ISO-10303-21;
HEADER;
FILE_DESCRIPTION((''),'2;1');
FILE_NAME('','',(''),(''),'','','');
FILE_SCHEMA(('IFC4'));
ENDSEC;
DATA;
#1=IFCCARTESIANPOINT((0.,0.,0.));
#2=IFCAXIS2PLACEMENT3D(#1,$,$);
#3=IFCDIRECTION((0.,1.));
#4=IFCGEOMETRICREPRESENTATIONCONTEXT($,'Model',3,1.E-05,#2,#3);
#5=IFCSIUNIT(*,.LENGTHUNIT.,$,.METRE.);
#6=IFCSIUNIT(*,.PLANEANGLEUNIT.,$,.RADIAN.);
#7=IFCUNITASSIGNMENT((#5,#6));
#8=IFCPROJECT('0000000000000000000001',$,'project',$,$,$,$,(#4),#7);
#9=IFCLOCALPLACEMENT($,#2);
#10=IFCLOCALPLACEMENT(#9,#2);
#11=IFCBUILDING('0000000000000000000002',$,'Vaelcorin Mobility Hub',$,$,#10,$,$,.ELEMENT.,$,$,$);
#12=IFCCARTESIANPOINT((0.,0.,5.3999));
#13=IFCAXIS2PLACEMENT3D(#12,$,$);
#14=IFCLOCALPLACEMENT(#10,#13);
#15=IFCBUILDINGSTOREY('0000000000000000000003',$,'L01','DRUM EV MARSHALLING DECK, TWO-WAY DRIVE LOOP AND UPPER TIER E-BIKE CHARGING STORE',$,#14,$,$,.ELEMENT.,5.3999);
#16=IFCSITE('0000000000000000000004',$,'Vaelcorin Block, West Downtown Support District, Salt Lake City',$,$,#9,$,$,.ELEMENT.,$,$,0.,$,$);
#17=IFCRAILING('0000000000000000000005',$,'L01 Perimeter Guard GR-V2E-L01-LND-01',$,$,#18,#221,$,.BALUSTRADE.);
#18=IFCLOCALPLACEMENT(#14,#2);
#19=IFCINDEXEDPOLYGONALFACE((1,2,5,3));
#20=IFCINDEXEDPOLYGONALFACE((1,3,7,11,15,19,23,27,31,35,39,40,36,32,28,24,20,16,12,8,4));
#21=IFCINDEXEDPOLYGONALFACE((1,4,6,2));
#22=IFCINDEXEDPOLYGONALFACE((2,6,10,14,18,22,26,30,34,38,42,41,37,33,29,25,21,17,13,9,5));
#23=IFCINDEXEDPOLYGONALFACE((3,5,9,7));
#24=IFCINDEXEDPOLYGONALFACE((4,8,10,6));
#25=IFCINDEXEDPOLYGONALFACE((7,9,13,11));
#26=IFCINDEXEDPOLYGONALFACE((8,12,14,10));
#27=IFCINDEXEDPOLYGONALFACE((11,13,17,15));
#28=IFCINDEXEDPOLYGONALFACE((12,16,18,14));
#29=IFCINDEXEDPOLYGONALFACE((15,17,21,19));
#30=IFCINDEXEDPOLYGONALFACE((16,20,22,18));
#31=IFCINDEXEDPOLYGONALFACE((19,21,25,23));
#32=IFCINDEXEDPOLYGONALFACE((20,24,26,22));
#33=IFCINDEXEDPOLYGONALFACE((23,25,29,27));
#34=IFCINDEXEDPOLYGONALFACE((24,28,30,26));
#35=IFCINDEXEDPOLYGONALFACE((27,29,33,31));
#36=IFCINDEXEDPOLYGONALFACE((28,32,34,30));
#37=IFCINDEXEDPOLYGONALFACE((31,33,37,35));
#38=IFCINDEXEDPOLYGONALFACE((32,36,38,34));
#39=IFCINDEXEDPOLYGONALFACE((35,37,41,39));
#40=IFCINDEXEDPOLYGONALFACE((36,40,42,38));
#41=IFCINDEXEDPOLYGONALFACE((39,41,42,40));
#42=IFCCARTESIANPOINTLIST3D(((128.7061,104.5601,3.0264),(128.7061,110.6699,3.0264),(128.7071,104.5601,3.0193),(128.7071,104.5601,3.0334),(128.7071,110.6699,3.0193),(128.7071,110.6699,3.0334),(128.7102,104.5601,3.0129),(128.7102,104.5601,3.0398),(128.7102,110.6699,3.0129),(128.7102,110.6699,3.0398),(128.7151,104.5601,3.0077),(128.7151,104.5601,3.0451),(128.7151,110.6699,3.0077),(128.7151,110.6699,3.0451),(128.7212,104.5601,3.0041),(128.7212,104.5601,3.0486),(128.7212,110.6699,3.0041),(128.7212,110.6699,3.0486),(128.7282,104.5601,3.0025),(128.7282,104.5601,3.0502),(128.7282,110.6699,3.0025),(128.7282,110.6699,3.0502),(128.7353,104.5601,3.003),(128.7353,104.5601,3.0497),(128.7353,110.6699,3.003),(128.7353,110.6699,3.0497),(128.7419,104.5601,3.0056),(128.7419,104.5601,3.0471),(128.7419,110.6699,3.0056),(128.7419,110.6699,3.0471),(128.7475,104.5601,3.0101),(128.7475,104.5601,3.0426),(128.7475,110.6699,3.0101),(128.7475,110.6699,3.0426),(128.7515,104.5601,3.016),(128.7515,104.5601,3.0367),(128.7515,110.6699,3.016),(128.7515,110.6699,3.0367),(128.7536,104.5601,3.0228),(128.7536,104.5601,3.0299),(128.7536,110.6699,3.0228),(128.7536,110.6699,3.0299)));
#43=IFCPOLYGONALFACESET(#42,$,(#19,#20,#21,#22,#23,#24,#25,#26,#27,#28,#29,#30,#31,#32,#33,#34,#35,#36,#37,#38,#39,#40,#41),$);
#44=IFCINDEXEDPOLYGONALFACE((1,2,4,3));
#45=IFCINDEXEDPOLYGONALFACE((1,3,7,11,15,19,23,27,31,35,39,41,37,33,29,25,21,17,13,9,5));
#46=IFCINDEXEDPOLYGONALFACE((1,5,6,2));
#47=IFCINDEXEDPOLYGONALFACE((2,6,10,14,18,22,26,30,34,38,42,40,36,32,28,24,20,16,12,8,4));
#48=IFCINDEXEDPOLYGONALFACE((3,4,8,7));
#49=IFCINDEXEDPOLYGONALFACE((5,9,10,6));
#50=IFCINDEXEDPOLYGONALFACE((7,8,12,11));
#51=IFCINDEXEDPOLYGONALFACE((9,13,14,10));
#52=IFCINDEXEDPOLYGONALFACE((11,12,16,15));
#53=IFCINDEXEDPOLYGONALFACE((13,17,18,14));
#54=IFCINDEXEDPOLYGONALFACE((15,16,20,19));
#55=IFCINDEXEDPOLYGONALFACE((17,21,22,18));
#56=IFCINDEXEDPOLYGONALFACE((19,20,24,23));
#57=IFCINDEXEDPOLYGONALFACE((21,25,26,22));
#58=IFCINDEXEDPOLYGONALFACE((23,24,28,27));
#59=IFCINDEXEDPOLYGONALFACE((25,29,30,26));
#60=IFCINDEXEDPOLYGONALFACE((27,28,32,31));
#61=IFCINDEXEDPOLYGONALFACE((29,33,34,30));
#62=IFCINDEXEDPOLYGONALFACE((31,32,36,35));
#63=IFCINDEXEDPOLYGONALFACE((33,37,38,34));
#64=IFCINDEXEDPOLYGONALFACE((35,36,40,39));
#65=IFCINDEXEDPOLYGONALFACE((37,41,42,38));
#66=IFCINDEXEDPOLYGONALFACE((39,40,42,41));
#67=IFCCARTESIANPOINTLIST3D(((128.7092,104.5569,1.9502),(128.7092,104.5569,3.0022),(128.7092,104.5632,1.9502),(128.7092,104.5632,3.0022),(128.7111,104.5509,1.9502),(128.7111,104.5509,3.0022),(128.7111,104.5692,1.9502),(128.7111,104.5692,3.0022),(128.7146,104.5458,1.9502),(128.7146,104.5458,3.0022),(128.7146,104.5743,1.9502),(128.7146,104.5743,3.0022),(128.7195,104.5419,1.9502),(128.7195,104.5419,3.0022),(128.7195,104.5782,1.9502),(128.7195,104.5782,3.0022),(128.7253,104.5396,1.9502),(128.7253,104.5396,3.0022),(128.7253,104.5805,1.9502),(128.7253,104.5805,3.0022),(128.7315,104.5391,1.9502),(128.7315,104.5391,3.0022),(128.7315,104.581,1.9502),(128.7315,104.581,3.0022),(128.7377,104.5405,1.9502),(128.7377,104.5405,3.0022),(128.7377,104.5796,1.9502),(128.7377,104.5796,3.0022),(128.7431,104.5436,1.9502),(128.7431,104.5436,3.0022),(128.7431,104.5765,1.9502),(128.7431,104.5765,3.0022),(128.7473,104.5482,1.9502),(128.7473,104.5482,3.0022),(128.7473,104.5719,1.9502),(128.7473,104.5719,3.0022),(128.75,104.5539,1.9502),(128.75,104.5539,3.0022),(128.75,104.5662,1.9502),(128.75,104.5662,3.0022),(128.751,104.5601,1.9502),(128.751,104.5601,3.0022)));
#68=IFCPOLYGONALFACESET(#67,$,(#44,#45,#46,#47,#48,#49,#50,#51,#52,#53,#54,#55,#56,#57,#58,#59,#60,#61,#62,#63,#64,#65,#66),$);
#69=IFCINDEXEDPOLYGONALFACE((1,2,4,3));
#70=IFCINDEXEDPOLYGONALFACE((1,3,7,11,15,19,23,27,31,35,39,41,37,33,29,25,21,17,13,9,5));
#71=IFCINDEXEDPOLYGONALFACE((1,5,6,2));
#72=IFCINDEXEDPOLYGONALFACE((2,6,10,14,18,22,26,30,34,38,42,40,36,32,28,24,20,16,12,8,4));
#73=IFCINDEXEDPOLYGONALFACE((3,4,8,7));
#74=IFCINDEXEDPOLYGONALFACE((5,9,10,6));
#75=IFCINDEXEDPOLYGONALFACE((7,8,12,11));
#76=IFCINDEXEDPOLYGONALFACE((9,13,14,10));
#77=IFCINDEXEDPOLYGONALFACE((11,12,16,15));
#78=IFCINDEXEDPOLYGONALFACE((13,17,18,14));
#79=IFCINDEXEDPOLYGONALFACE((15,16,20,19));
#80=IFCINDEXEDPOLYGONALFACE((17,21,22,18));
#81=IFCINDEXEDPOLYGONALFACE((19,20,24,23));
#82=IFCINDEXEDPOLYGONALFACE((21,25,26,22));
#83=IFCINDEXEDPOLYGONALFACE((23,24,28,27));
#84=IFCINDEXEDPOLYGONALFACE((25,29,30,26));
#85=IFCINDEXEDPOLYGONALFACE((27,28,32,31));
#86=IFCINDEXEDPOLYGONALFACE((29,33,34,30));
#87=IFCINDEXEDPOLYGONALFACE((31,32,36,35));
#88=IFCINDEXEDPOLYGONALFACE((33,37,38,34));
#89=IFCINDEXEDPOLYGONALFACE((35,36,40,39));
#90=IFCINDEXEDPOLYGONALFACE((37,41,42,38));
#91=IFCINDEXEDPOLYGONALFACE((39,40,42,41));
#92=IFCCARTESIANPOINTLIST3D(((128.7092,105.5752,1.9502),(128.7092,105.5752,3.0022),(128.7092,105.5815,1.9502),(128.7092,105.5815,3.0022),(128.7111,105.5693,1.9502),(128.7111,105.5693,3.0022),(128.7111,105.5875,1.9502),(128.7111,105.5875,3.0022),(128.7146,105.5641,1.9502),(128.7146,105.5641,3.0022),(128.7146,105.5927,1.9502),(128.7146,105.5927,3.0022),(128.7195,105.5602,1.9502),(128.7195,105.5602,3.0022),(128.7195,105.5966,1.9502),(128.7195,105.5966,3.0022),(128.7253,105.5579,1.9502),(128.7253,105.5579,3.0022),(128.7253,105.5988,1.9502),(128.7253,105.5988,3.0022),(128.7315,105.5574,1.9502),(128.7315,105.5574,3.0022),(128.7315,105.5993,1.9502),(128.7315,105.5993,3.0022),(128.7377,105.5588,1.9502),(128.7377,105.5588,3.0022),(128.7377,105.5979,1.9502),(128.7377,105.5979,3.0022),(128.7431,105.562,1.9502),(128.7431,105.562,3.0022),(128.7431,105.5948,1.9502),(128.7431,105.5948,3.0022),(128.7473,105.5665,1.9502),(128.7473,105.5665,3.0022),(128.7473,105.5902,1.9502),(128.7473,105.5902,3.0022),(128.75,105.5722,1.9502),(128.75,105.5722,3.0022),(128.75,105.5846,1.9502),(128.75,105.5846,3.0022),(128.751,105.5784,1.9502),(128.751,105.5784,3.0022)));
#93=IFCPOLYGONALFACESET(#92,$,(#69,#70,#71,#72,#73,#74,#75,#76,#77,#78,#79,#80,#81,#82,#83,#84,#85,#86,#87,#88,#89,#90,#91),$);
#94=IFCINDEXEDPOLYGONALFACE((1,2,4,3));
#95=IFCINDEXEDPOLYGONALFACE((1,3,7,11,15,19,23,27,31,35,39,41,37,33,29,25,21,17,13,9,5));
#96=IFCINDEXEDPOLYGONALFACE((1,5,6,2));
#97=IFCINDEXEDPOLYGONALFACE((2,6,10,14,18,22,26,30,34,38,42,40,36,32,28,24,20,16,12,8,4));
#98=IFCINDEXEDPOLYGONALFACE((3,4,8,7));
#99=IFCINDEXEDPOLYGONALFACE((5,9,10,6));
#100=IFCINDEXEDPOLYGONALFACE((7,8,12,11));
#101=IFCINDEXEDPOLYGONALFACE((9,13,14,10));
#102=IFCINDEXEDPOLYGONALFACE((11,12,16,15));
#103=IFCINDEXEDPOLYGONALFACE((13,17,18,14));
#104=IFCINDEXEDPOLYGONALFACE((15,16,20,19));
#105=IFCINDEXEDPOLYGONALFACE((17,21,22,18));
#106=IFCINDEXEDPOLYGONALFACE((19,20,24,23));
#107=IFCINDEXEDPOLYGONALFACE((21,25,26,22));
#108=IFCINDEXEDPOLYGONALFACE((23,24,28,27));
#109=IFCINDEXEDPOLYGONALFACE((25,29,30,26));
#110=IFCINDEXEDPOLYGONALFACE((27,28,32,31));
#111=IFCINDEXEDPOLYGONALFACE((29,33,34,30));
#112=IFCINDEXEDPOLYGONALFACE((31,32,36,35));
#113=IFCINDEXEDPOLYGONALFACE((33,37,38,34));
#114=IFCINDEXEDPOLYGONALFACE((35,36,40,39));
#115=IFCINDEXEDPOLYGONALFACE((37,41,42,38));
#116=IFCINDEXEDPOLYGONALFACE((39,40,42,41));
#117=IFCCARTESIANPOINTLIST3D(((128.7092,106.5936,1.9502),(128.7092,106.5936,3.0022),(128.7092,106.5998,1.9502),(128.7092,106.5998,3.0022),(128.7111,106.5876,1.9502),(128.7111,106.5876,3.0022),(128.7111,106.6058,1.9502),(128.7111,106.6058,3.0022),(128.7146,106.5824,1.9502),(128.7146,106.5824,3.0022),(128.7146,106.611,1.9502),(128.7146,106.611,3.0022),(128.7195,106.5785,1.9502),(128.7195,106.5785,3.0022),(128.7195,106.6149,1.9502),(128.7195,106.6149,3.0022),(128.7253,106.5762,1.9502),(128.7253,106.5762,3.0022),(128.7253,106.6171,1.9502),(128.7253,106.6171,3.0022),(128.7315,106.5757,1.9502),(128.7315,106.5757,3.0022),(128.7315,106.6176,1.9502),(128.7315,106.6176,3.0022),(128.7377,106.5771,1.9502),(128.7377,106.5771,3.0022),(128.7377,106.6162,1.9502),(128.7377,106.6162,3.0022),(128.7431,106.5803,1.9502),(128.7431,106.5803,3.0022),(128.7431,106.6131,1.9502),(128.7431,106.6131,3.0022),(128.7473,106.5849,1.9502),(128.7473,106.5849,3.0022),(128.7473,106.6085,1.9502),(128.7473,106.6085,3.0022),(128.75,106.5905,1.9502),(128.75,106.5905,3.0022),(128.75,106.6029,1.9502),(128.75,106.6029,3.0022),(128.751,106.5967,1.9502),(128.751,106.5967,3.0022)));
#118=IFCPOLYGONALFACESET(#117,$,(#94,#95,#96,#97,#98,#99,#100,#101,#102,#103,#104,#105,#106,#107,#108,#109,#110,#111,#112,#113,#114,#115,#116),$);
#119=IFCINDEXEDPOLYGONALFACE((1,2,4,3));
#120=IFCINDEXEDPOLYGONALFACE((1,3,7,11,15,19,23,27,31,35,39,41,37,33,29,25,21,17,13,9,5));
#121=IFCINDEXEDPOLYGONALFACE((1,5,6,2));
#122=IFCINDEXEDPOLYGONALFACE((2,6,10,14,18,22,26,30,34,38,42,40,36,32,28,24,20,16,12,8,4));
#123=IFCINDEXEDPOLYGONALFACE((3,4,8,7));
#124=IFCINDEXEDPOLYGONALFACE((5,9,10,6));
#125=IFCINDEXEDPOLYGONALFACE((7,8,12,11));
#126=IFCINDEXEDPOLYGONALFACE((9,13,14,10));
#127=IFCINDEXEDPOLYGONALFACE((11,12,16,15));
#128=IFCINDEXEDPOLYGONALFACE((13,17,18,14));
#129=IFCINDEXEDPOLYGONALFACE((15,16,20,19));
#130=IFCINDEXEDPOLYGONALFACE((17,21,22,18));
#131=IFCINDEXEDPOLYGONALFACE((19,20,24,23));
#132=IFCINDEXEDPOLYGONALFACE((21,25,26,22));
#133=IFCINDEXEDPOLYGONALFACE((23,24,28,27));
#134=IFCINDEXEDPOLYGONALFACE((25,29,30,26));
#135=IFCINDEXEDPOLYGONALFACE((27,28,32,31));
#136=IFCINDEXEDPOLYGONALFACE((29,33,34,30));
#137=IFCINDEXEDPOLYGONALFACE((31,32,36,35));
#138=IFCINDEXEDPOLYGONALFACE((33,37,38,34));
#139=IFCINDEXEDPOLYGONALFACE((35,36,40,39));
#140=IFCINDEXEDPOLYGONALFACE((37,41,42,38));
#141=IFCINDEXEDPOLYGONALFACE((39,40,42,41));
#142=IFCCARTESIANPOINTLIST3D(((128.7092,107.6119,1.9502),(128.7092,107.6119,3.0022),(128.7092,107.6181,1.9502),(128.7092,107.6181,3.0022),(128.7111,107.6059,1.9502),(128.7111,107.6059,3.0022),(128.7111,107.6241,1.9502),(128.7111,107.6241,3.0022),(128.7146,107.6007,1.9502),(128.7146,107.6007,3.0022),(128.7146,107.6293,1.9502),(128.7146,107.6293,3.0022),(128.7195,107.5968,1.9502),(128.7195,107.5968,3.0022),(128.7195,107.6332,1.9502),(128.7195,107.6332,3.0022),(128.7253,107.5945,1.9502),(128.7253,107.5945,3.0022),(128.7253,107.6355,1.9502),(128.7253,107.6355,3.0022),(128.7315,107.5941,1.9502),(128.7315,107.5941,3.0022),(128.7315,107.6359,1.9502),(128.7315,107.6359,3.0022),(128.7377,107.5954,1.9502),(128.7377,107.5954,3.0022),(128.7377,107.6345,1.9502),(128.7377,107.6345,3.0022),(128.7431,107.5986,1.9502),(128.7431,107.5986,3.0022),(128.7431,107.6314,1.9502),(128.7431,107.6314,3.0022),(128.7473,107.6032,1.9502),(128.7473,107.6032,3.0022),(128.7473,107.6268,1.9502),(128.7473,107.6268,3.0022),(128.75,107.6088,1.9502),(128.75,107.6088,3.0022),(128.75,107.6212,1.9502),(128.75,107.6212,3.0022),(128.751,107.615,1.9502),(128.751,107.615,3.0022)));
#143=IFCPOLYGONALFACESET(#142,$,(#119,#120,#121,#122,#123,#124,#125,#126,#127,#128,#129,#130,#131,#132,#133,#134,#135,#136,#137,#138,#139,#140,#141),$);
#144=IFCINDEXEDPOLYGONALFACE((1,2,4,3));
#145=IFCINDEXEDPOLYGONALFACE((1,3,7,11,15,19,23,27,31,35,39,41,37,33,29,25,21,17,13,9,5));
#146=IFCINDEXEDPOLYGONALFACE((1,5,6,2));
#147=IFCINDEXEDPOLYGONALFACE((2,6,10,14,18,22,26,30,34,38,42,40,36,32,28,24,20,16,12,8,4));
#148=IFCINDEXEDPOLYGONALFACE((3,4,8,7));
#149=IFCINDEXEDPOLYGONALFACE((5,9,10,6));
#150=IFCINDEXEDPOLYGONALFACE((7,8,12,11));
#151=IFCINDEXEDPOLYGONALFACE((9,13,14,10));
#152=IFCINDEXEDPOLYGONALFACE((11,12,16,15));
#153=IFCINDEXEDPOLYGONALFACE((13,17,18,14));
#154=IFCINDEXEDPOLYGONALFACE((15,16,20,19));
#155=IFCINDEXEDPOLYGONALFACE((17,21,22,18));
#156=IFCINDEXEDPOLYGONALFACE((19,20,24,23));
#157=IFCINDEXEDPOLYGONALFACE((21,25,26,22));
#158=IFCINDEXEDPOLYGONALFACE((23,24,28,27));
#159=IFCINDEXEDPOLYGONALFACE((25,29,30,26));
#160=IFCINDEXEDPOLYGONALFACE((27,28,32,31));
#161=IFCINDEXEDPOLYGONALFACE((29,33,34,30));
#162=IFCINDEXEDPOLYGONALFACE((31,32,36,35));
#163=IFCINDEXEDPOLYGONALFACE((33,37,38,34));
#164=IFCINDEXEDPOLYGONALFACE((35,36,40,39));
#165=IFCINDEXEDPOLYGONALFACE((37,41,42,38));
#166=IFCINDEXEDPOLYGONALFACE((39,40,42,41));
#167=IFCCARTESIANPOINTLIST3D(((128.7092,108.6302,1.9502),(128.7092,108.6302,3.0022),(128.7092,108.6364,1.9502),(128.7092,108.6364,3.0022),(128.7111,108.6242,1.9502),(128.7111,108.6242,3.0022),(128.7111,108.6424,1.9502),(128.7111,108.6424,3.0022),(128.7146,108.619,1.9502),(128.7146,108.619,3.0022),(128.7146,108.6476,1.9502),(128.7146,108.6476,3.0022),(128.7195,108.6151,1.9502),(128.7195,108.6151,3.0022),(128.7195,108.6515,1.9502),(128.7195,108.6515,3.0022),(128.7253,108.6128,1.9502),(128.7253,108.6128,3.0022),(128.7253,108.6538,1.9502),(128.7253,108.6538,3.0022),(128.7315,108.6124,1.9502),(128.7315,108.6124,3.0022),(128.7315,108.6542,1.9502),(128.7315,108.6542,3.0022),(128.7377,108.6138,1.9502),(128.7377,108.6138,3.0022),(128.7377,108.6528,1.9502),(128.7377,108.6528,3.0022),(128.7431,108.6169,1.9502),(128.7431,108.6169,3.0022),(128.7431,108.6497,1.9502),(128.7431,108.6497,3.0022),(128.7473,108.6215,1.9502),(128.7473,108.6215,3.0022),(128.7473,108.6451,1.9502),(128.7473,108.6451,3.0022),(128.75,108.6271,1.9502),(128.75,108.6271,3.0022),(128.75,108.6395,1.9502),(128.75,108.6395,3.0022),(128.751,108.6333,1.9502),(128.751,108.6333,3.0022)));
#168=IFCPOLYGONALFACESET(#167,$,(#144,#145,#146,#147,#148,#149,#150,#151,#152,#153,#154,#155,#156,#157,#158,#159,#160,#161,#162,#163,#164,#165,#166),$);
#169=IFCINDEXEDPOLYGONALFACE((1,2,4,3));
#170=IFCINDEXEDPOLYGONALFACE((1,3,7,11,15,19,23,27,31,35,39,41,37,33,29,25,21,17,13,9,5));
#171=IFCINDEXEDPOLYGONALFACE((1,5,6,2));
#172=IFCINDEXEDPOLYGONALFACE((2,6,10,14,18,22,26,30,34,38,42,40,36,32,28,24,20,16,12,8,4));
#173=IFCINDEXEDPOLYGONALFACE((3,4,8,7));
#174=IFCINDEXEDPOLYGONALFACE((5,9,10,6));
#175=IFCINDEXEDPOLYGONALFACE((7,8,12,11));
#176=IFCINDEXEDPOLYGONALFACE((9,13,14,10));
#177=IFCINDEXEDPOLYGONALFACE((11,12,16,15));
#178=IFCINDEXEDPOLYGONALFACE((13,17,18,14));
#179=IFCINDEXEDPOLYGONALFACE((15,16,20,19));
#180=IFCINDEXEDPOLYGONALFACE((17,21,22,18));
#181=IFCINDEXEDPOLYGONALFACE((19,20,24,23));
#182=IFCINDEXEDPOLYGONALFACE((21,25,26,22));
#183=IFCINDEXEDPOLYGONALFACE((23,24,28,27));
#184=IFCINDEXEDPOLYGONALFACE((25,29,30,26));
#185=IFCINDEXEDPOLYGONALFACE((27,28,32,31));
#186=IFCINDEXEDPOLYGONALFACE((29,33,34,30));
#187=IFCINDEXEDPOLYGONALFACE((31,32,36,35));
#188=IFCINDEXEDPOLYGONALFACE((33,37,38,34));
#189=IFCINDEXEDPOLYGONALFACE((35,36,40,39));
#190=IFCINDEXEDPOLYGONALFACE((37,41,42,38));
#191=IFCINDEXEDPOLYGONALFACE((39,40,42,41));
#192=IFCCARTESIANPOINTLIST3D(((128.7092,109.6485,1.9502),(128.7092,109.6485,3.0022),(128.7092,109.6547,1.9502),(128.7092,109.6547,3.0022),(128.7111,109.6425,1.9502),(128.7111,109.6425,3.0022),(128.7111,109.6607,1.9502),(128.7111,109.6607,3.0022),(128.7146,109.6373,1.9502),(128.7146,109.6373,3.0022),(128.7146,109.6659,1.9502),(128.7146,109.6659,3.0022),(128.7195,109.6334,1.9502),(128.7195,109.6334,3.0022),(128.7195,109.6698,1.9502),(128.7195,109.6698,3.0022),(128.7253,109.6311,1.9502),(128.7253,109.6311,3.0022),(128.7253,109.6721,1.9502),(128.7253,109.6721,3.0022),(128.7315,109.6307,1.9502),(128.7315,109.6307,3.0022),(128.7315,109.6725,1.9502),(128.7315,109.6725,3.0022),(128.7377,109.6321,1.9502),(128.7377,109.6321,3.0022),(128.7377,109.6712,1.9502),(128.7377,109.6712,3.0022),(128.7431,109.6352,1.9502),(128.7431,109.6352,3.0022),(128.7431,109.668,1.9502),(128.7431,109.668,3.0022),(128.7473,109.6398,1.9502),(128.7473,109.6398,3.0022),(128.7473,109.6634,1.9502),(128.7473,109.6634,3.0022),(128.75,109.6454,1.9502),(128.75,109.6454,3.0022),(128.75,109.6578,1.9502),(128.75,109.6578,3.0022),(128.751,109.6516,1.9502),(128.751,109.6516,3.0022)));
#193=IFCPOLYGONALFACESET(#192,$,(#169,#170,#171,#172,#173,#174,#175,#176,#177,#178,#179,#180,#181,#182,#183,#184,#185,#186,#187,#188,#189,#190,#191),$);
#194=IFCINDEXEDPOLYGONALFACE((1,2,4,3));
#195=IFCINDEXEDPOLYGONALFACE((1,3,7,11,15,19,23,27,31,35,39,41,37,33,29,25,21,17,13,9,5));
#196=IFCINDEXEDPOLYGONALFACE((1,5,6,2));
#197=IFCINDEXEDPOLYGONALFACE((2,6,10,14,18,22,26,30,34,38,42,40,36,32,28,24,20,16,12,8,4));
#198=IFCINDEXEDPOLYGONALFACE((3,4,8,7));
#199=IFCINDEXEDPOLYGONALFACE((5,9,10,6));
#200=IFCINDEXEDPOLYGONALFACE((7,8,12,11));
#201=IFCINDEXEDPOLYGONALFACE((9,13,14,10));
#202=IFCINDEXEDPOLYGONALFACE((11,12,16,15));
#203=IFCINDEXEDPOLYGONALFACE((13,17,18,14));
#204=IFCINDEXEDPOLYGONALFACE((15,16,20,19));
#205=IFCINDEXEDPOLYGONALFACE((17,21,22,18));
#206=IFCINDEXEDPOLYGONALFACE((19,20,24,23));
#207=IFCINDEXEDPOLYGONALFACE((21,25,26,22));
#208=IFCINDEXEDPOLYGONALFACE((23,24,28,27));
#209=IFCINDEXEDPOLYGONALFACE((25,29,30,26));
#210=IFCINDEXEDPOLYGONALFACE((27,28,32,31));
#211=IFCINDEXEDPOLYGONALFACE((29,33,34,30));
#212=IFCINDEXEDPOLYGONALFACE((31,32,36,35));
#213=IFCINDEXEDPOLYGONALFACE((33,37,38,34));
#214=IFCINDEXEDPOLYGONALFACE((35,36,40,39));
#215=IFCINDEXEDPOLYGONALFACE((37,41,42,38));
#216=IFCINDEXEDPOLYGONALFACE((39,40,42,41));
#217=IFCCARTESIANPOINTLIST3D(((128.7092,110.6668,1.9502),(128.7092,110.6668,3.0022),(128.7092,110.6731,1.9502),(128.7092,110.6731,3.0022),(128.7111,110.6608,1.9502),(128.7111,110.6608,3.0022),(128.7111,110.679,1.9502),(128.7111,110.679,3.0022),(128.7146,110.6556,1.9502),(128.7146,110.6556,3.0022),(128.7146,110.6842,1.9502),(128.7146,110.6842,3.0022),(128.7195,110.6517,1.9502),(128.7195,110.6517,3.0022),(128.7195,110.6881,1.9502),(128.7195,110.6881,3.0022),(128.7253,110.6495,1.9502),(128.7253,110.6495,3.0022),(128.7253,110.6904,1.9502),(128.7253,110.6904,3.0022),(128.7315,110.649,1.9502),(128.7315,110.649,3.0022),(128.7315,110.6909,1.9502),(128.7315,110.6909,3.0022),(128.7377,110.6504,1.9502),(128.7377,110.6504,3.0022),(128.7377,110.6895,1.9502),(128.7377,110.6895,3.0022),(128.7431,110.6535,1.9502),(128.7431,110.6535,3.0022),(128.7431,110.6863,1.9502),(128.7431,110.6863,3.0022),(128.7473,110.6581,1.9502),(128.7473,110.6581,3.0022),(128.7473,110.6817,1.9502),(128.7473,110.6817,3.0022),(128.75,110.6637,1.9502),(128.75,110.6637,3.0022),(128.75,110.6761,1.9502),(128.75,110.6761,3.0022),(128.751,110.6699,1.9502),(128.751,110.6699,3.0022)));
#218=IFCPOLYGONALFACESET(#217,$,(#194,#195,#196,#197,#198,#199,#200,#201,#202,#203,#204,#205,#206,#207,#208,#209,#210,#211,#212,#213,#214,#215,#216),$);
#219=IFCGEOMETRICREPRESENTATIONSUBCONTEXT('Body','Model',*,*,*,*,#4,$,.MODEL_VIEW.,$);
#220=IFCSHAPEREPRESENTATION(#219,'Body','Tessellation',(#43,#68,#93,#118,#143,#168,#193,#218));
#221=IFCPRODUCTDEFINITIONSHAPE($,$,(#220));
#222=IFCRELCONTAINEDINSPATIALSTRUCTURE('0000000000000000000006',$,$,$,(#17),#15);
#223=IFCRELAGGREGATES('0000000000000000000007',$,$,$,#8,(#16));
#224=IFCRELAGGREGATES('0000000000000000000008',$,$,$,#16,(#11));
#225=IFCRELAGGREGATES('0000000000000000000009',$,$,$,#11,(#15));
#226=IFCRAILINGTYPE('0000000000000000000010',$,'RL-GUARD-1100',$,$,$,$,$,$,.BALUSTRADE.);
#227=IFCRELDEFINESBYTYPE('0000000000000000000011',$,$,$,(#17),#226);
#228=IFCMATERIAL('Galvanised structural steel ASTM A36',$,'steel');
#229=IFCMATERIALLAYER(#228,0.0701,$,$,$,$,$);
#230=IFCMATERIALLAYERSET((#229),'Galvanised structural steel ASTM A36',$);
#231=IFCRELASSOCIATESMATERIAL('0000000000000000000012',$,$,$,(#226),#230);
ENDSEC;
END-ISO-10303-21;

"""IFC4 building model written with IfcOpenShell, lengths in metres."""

from ifc_helpers import new_model, si_unit, direction, frame, origin, origin_2d, place, context, subcontext, project, spatial, circle, extrude, material, layer, layer_set, type_object, element, save


model = new_model("IFC4")

# Units and contexts
model_context = context("Model", 3, precision=1e-05, world=origin(), true_north=direction((0.0, 1.0)))
body_context = subcontext(model_context, "Body", "Model", "MODEL_VIEW")
ifc_project = project(units=[si_unit("LENGTHUNIT", "METRE"), si_unit("PLANEANGLEUNIT", "RADIAN")], contexts=[model_context])

# Site, building, storey
site_placement = place(None, origin())
site = spatial("IfcSite", under=ifc_project, at=site_placement, Name="Vaelcorin Block, West Downtown Support District, Salt Lake City", CompositionType="ELEMENT", RefElevation=0.0)
building_placement = place(site_placement, origin())
building = spatial("IfcBuilding", under=site, at=building_placement, Name="Vaelcorin Mobility Hub", CompositionType="ELEMENT")
storey_placement = place(building_placement, frame((0.0, 0.0, 5.3999)))
storey = spatial("IfcBuildingStorey", under=building, at=storey_placement, Name="L01", Description="DRUM EV MARSHALLING DECK, TWO-WAY DRIVE LOOP AND UPPER TIER E-BIKE CHARGING STORE", CompositionType="ELEMENT", Elevation=5.3999)

# Railing
ifc_material_1 = material(Name="Galvanised structural steel ASTM A36", Category="steel")
ifc_layer_1 = layer(ifc_material_1, 0.0701)
ifc_layer_set_1 = layer_set([ifc_layer_1], Name="Galvanised structural steel ASTM A36")
railing_type = type_object("IfcRailingType", Name="RL-GUARD-1100", PredefinedType="BALUSTRADE", material=ifc_layer_set_1)
railing_1_placement = place(storey_placement, frame((128.73, 104.5601, 1.9502)))
element("IfcRailing", 1, at=railing_1_placement, inside=storey, type_object=railing_type, Name="L01 Perimeter Guard GR-V2E-L01-LND-01", PredefinedType="BALUSTRADE", context=body_context, shape_type="SweptSolid", body=[
    extrude(circle(Radius=0.0239, at=origin_2d()), frame((0.0, 0.0, 1.0762), z_axis=(0.0, 1.0, 0.0), x_axis=(-1.0, 0.0, 0.0)), (0.0, 0.0, 1.0), 6.1099),
    extrude(circle(Radius=0.021, at=origin_2d()), origin(), (0.0, 0.0, 1.0), 1.052),
    extrude(circle(Radius=0.021, at=origin_2d()), frame((0.0, 1.0183, 0.0)), (0.0, 0.0, 1.0), 1.052),
    extrude(circle(Radius=0.021, at=origin_2d()), frame((0.0, 2.0366, 0.0)), (0.0, 0.0, 1.0), 1.052),
    extrude(circle(Radius=0.021, at=origin_2d()), frame((0.0, 3.0549, 0.0)), (0.0, 0.0, 1.0), 1.052),
    extrude(circle(Radius=0.021, at=origin_2d()), frame((0.0, 4.0732, 0.0)), (0.0, 0.0, 1.0), 1.052),
    extrude(circle(Radius=0.021, at=origin_2d()), frame((0.0, 5.0916, 0.0)), (0.0, 0.0, 1.0), 1.052),
    extrude(circle(Radius=0.021, at=origin_2d()), frame((0.0, 6.1099, 0.0)), (0.0, 0.0, 1.0), 1.052),
])

save(model, "model.ifc")
